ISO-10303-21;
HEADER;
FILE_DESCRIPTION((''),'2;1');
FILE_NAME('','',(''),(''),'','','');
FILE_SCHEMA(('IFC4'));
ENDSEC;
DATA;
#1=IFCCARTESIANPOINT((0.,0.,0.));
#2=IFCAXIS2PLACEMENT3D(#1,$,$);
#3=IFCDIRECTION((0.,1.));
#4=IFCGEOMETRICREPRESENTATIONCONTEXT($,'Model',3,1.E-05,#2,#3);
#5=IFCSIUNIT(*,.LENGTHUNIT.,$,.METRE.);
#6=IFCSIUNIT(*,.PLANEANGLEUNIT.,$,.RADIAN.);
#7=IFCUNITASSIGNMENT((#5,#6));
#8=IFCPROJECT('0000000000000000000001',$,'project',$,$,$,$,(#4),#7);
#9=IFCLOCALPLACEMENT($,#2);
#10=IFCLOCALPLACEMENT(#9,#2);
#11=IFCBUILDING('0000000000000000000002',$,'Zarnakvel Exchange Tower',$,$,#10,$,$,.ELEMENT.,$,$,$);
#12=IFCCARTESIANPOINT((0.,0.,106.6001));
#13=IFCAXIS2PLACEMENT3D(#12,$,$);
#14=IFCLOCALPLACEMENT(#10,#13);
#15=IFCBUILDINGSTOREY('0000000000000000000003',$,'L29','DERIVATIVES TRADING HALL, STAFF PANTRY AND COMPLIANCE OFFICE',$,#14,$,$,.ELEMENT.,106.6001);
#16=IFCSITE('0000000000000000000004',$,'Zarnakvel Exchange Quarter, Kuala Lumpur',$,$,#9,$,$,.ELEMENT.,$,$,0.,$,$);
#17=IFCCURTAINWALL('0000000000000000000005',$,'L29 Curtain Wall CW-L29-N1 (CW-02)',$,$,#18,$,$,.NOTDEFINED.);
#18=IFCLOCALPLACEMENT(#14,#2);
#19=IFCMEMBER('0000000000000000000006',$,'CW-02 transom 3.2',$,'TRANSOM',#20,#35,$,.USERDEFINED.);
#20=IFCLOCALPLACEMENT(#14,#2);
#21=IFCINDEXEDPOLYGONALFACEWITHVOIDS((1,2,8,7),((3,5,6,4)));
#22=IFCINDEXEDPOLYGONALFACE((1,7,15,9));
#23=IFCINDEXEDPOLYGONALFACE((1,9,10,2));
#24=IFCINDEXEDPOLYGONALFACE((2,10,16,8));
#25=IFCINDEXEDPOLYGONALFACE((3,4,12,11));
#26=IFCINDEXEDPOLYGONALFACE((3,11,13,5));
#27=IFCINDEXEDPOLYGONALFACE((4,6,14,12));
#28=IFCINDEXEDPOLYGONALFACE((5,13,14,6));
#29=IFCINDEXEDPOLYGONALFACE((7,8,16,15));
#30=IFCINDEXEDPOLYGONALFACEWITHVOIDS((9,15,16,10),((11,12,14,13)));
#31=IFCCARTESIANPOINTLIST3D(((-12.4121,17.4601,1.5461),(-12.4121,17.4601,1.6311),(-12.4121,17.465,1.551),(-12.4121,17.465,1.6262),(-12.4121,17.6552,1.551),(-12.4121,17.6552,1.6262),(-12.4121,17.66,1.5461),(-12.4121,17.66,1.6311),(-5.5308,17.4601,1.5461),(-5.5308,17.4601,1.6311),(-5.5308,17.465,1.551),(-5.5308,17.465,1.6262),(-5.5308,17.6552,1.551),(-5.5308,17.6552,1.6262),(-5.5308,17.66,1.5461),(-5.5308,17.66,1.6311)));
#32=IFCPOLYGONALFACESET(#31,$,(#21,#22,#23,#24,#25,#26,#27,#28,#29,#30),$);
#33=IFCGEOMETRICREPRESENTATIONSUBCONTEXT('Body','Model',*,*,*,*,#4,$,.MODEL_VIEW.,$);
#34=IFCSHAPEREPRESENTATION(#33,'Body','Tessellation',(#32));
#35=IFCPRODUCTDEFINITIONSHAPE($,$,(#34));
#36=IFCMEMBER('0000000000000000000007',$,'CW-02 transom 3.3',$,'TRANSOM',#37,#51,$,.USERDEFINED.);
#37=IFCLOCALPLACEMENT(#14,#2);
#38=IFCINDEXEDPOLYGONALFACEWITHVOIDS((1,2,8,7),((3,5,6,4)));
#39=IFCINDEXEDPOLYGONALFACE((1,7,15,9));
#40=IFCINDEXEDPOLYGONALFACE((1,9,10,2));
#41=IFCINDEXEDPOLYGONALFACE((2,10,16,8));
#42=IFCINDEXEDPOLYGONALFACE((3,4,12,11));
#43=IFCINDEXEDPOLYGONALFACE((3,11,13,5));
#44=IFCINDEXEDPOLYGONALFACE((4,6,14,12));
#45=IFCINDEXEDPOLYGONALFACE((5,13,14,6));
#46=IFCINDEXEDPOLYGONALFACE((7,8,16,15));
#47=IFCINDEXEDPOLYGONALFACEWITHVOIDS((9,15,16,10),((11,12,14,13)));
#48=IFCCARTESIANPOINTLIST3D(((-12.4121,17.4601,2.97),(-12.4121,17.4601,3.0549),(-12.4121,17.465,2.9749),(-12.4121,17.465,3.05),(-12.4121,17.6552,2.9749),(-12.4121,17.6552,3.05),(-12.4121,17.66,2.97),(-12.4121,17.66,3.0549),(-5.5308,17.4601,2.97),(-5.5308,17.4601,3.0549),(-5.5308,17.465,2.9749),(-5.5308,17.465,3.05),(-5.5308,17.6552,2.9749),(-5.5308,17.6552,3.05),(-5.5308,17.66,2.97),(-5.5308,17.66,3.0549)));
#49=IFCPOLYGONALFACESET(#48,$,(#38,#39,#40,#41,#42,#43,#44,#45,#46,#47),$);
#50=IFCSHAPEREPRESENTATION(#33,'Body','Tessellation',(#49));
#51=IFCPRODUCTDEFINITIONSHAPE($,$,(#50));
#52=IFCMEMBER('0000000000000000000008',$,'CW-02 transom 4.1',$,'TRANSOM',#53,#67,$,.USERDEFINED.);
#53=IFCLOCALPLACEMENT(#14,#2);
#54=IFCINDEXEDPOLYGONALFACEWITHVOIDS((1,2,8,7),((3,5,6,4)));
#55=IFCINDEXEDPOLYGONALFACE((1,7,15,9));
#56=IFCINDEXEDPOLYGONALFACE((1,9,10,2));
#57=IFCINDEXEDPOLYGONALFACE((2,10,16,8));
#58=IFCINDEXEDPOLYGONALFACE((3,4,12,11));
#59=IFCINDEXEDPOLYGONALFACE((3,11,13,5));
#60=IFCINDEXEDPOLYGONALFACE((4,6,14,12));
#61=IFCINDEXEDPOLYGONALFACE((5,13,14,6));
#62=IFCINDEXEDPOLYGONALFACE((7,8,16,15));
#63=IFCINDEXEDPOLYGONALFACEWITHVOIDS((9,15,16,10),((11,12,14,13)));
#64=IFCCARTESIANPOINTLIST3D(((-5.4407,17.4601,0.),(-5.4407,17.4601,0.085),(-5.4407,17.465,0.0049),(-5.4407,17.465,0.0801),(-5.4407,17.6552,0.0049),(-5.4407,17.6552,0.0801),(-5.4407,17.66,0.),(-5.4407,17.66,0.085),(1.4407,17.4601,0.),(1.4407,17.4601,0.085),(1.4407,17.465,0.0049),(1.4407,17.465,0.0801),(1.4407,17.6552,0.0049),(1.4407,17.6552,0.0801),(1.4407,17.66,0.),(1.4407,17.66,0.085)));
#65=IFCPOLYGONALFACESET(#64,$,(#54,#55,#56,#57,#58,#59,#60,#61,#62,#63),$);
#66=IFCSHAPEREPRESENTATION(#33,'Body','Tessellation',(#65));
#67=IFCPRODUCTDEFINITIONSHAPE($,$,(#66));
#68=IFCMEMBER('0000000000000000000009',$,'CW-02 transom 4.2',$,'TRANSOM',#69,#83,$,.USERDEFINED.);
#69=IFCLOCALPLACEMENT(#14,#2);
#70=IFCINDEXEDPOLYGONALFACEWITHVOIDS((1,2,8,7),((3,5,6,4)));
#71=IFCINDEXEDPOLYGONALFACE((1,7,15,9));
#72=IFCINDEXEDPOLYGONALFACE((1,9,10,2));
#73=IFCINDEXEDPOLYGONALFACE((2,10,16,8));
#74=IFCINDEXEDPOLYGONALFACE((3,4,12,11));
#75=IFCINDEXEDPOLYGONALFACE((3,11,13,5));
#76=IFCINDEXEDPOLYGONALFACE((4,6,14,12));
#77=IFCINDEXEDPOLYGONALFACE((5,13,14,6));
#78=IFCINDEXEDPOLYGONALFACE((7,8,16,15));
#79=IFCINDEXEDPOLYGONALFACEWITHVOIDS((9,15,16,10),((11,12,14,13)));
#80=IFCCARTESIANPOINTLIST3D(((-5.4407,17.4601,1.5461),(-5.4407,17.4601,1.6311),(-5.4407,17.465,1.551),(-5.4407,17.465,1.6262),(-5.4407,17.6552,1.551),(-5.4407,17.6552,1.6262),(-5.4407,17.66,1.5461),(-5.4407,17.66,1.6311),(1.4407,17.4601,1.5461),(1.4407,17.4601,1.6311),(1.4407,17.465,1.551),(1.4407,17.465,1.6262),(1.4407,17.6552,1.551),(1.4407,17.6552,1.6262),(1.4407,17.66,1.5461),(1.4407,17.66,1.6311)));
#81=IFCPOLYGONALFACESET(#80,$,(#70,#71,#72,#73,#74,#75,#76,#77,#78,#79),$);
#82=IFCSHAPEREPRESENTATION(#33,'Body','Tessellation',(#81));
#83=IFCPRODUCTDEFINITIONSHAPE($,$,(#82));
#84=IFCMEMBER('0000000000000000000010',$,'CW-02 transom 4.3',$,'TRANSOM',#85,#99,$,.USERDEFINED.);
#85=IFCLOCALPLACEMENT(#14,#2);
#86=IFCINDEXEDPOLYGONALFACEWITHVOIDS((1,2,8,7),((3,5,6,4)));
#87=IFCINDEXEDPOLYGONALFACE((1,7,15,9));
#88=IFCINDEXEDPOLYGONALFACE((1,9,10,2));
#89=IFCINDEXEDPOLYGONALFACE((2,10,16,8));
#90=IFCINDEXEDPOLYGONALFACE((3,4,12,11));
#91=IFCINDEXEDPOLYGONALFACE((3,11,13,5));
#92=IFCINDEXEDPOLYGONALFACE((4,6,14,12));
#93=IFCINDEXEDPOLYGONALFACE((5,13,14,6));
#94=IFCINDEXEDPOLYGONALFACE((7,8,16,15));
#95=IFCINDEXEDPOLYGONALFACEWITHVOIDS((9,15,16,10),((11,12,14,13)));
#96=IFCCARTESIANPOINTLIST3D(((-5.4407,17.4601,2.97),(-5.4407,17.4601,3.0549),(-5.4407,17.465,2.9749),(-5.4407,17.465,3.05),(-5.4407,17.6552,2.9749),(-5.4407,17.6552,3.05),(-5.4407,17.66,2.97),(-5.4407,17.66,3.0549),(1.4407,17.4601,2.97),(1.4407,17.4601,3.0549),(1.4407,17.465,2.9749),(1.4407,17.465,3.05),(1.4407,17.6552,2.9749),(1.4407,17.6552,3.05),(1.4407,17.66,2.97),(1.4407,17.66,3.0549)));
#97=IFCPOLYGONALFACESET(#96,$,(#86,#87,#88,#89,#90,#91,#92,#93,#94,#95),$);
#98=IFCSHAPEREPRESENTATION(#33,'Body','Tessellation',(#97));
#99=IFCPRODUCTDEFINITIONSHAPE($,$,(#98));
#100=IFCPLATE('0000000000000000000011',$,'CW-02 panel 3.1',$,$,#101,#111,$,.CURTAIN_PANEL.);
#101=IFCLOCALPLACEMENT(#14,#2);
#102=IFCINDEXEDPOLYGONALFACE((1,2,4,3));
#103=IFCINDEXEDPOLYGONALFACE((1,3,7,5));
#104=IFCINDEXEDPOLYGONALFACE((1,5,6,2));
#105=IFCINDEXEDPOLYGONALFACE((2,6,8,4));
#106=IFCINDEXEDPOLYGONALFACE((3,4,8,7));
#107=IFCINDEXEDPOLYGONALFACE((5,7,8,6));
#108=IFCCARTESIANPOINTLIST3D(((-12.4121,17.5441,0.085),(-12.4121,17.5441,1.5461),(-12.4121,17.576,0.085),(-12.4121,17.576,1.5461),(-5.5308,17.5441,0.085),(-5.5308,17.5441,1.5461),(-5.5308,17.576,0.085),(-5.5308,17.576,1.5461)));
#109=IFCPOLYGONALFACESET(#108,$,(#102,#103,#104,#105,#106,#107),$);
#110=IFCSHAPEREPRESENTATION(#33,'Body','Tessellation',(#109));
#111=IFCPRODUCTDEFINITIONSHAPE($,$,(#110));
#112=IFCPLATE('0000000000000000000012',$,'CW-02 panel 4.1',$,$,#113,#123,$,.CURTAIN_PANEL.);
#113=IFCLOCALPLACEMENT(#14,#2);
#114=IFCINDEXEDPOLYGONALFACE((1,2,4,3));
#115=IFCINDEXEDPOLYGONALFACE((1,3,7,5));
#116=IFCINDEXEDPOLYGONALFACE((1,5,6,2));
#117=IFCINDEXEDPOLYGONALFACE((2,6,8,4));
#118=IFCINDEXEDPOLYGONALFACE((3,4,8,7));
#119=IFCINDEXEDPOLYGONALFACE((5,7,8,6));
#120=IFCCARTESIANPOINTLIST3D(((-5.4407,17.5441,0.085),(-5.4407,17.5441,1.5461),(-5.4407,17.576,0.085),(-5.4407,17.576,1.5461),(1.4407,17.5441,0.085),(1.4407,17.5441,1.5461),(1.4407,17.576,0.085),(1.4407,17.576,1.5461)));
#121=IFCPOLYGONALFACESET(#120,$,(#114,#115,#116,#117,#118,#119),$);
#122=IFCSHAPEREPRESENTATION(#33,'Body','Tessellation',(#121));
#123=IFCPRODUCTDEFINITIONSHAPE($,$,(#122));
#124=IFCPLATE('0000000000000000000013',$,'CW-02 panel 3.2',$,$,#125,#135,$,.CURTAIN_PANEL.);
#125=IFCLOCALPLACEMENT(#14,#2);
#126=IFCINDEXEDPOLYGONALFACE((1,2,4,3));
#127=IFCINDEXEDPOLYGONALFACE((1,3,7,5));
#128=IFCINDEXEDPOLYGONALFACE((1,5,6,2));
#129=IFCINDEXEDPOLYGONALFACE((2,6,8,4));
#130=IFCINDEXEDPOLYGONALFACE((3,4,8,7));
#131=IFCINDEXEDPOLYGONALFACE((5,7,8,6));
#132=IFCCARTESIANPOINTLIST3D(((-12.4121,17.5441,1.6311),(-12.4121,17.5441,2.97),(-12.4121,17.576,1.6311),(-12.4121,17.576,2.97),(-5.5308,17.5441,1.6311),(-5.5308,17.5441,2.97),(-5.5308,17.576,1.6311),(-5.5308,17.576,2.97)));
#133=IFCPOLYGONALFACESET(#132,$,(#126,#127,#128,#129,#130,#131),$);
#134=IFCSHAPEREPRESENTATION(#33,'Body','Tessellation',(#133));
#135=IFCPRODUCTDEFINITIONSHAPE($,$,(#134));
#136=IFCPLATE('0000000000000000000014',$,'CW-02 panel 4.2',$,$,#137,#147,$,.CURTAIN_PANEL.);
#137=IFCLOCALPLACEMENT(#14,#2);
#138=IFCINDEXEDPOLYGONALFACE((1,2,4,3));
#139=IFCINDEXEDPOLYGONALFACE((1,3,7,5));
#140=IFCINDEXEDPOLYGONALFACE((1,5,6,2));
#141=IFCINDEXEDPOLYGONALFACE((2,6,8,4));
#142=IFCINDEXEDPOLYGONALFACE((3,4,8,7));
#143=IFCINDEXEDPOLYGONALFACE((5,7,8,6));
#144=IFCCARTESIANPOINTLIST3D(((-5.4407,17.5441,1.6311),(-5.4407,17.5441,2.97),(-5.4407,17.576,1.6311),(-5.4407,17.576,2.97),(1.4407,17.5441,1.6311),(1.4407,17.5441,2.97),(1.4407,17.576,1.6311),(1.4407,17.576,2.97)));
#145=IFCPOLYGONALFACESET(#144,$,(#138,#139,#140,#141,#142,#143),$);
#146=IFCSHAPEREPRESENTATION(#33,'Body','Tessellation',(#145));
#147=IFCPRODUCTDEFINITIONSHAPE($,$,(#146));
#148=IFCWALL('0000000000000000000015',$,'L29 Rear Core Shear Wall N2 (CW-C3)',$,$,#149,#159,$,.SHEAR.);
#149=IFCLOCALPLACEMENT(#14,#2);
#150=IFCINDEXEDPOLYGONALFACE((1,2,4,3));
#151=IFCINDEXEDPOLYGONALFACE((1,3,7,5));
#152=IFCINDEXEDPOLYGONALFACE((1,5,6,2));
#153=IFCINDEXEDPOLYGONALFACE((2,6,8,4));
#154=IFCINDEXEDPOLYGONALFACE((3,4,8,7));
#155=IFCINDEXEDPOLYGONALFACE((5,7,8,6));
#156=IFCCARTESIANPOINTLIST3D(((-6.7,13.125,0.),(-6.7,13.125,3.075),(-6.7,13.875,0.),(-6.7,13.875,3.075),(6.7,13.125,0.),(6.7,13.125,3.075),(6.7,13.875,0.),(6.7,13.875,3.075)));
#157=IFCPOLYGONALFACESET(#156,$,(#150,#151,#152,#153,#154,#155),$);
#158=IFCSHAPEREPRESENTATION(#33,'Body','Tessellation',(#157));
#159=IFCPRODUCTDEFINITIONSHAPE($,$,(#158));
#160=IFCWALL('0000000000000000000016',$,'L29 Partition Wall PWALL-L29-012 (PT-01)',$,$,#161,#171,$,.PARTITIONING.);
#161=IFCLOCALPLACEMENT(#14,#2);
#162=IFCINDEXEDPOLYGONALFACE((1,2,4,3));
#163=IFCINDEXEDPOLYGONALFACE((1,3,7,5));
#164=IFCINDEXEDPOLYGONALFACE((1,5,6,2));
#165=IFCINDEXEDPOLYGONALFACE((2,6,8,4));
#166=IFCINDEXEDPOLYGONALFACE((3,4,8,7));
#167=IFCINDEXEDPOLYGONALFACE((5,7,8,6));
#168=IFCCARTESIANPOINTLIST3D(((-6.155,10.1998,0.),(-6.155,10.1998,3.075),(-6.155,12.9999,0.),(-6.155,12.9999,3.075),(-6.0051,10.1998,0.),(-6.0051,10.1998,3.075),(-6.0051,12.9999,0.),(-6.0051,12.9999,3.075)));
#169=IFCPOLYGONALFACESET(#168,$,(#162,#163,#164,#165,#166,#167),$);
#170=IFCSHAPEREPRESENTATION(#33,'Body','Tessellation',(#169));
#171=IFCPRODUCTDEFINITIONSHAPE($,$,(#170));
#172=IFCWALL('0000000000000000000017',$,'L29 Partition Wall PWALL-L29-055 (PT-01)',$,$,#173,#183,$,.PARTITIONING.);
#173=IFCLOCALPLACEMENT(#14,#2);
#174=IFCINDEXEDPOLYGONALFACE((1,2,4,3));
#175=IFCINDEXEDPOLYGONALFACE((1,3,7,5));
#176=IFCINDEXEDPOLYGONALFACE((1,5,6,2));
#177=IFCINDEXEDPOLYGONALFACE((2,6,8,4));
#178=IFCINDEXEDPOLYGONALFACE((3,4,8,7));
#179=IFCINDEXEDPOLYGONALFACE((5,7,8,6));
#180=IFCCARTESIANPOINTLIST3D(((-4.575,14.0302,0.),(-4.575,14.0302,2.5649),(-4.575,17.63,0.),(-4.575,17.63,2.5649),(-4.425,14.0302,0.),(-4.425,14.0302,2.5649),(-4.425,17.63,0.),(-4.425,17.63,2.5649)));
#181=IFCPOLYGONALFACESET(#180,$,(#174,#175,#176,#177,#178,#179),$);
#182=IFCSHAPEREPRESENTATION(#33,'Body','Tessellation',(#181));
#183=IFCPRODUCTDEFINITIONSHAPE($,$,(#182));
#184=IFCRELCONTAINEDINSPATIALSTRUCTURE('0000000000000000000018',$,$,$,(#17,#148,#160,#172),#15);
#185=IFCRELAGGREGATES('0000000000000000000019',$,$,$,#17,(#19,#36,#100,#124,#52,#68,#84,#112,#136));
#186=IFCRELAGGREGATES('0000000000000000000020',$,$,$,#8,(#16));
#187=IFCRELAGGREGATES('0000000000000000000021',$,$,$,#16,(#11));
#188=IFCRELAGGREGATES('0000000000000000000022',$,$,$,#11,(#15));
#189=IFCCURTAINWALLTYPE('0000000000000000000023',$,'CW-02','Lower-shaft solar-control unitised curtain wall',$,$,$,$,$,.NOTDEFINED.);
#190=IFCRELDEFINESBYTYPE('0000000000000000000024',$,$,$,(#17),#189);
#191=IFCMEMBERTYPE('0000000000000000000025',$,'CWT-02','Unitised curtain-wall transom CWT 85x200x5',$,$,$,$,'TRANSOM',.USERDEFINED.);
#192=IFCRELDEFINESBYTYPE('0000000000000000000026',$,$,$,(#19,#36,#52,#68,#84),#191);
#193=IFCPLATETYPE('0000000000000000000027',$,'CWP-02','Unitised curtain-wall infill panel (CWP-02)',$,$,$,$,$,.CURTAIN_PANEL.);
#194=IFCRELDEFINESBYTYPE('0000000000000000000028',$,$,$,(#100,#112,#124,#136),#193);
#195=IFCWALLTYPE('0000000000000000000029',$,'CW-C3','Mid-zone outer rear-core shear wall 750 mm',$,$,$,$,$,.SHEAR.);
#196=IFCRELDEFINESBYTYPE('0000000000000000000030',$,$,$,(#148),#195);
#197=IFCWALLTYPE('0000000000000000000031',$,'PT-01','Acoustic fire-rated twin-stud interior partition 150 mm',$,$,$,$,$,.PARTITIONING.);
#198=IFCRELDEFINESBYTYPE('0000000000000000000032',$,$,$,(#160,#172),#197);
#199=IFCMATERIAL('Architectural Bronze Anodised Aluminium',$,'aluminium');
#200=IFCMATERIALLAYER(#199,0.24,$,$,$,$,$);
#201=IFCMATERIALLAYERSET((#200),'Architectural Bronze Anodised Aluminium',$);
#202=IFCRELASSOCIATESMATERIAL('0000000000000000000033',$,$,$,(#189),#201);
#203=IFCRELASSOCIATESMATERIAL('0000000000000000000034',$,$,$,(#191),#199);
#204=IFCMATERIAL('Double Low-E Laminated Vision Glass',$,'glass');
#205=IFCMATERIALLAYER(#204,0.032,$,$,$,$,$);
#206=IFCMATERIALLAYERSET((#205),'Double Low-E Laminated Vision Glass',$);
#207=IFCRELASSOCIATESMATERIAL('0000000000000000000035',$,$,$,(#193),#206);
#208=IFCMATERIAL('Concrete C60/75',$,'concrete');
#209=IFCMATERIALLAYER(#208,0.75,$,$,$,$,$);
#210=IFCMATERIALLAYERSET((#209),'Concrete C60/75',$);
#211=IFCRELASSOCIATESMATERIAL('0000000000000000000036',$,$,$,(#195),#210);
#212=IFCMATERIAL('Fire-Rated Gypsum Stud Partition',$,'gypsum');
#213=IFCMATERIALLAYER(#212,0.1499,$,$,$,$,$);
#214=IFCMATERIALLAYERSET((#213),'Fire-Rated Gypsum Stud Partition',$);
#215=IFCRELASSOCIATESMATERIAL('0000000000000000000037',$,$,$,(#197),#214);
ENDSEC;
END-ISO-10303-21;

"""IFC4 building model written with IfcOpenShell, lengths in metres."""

from ifc_helpers import new_model, si_unit, direction, frame, frame_2d, origin, origin_2d, place, context, subcontext, project, spatial, rectangle, hollow_rectangle, extrude, source, transform, mapped, material, layer, layer_set, material_profile, profile_set, type_object, element, aggregate, save


model = new_model("IFC4")

# Units and contexts
model_context = context("Model", 3, precision=1e-05, world=origin(), true_north=direction((0.0, 1.0)))
body_context = subcontext(model_context, "Body", "Model", "MODEL_VIEW")
ifc_project = project(units=[si_unit("LENGTHUNIT", "METRE"), si_unit("PLANEANGLEUNIT", "RADIAN")], contexts=[model_context])

# Site, building, storey
site_placement = place(None, origin())
site = spatial("IfcSite", under=ifc_project, at=site_placement, Name="Zarnakvel Exchange Quarter, Kuala Lumpur", CompositionType="ELEMENT", RefElevation=0.0)
building_placement = place(site_placement, origin())
building = spatial("IfcBuilding", under=site, at=building_placement, Name="Zarnakvel Exchange Tower", CompositionType="ELEMENT")
storey_placement = place(building_placement, frame((0.0, 0.0, 106.6001)))
storey = spatial("IfcBuildingStorey", under=building, at=storey_placement, Name="L29", Description="DERIVATIVES TRADING HALL, STAFF PANTRY AND COMPLIANCE OFFICE", CompositionType="ELEMENT", Elevation=106.6001)

# Shared definitions
ifc_material_1 = material(Name="Concrete C60/75", Category="concrete")

# Curtain wall, members, plates
ifc_material_2 = material(Name="Architectural Bronze Anodised Aluminium", Category="aluminium")
ifc_layer_1 = layer(ifc_material_2, 0.24)
ifc_layer_set_1 = layer_set([ifc_layer_1], Name="Architectural Bronze Anodised Aluminium")
curtain_wall_type = type_object("IfcCurtainWallType", Name="CW-02", Description="Lower-shaft solar-control unitised curtain wall", PredefinedType="NOTDEFINED", material=ifc_layer_set_1)
curtain_wall_placement = place(storey_placement, origin())
curtain_wall = element("IfcCurtainWall", 1, at=curtain_wall_placement, inside=storey, type_object=curtain_wall_type, Name="L29 Curtain Wall CW-L29-N1 (CW-02)", PredefinedType="NOTDEFINED")
ifc_material_profile_1 = material_profile(ifc_material_2, hollow_rectangle(XDim=0.2, YDim=0.085, WallThickness=0.0049, at=origin_2d()))
ifc_profile_set_1 = profile_set([ifc_material_profile_1], Name="Architectural Bronze Anodised Aluminium")
member_type_1 = type_object("IfcMemberType", Name="CWT-02", Description="Unitised curtain-wall transom CWT 85x200x5", ElementType="TRANSOM", PredefinedType="USERDEFINED", material=ifc_profile_set_1)
shared_shape_1 = source(origin(), body_context, "Body", "SweptSolid", [
    extrude(hollow_rectangle(XDim=0.2, YDim=0.085, WallThickness=0.0049, at=origin_2d()), origin(), (0.0, 0.0, 1.0), 6.8813),
])
member_1_placement = place(storey_placement, frame((-12.4121, 17.5601, 1.5886), z_axis=(1.0, 0.0, 0.0), x_axis=(0.0, 1.0, 0.0)))
member_1 = element("IfcMember", 2, at=member_1_placement, type_object=member_type_1, Name="CW-02 transom 3.2", ObjectType="TRANSOM", PredefinedType="USERDEFINED", context=body_context, shape_type="MappedRepresentation", body=[
    mapped(shared_shape_1, transform((0.0, 0.0, 0.0), x_axis=(1.0, 0.0, 0.0), y_axis=(0.0, 1.0, 0.0), z_axis=(0.0, 0.0, 1.0), scale=1.0)),
])
member_2_placement = place(storey_placement, frame((-12.4121, 17.5601, 3.0125), z_axis=(1.0, 0.0, 0.0), x_axis=(0.0, 1.0, 0.0)))
member_2 = element("IfcMember", 3, at=member_2_placement, type_object=member_type_1, Name="CW-02 transom 3.3", ObjectType="TRANSOM", PredefinedType="USERDEFINED", context=body_context, shape_type="MappedRepresentation", body=[
    mapped(shared_shape_1, transform((0.0, 0.0, 0.0), x_axis=(1.0, 0.0, 0.0), y_axis=(0.0, 1.0, 0.0), z_axis=(0.0, 0.0, 1.0), scale=1.0)),
])
member_3_placement = place(storey_placement, frame((-5.4407, 17.5601, 0.0425), z_axis=(1.0, 0.0, 0.0), x_axis=(0.0, 1.0, 0.0)))
member_3 = element("IfcMember", 4, at=member_3_placement, type_object=member_type_1, Name="CW-02 transom 4.1", ObjectType="TRANSOM", PredefinedType="USERDEFINED", context=body_context, shape_type="MappedRepresentation", body=[
    mapped(shared_shape_1, transform((0.0, 0.0, 0.0), x_axis=(1.0, 0.0, 0.0), y_axis=(0.0, 1.0, 0.0), z_axis=(0.0, 0.0, 1.0), scale=1.0)),
])
member_4_placement = place(storey_placement, frame((-5.4407, 17.5601, 1.5886), z_axis=(1.0, 0.0, 0.0), x_axis=(0.0, 1.0, 0.0)))
member_4 = element("IfcMember", 5, at=member_4_placement, type_object=member_type_1, Name="CW-02 transom 4.2", ObjectType="TRANSOM", PredefinedType="USERDEFINED", context=body_context, shape_type="MappedRepresentation", body=[
    mapped(shared_shape_1, transform((0.0, 0.0, 0.0), x_axis=(1.0, 0.0, 0.0), y_axis=(0.0, 1.0, 0.0), z_axis=(0.0, 0.0, 1.0), scale=1.0)),
])
member_5_placement = place(storey_placement, frame((-5.4407, 17.5601, 3.0125), z_axis=(1.0, 0.0, 0.0), x_axis=(0.0, 1.0, 0.0)))
member_5 = element("IfcMember", 6, at=member_5_placement, type_object=member_type_1, Name="CW-02 transom 4.3", ObjectType="TRANSOM", PredefinedType="USERDEFINED", context=body_context, shape_type="MappedRepresentation", body=[
    mapped(shared_shape_1, transform((0.0, 0.0, 0.0), x_axis=(1.0, 0.0, 0.0), y_axis=(0.0, 1.0, 0.0), z_axis=(0.0, 0.0, 1.0), scale=1.0)),
])
ifc_material_3 = material(Name="Double Low-E Laminated Vision Glass", Category="glass")
ifc_layer_2 = layer(ifc_material_3, 0.032)
ifc_layer_set_2 = layer_set([ifc_layer_2], Name="Double Low-E Laminated Vision Glass")
plate_type = type_object("IfcPlateType", Name="CWP-02", Description="Unitised curtain-wall infill panel (CWP-02)", PredefinedType="CURTAIN_PANEL", material=ifc_layer_set_2)
shared_shape_2 = source(origin(), body_context, "Body", "SweptSolid", [
    extrude(rectangle(XDim=6.8813, YDim=0.032, at=origin_2d()), origin(), (0.0, 0.0, 1.0), 1.4612),
])
plate_1_placement = place(storey_placement, frame((-8.9714, 17.5601, 0.085), z_axis=(0.0, 0.0, 1.0), x_axis=(1.0, 0.0, 0.0)))
plate_1 = element("IfcPlate", 7, at=plate_1_placement, type_object=plate_type, Name="CW-02 panel 3.1", PredefinedType="CURTAIN_PANEL", context=body_context, shape_type="MappedRepresentation", body=[
    mapped(shared_shape_2, transform((0.0, 0.0, 0.0), x_axis=(1.0, 0.0, 0.0), y_axis=(0.0, 1.0, 0.0), z_axis=(0.0, 0.0, 1.0), scale=1.0)),
])
plate_2_placement = place(storey_placement, frame((-2.0, 17.5601, 0.085), z_axis=(0.0, 0.0, 1.0), x_axis=(1.0, 0.0, 0.0)))
plate_2 = element("IfcPlate", 8, at=plate_2_placement, type_object=plate_type, Name="CW-02 panel 4.1", PredefinedType="CURTAIN_PANEL", context=body_context, shape_type="MappedRepresentation", body=[
    mapped(shared_shape_2, transform((0.0, 0.0, 0.0), x_axis=(1.0, 0.0, 0.0), y_axis=(0.0, 1.0, 0.0), z_axis=(0.0, 0.0, 1.0), scale=1.0)),
])
shared_shape_3 = source(origin(), body_context, "Body", "SweptSolid", [
    extrude(rectangle(XDim=6.8813, YDim=0.032, at=origin_2d()), origin(), (0.0, 0.0, 1.0), 1.3389),
])
plate_3_placement = place(storey_placement, frame((-8.9714, 17.5601, 1.6311), z_axis=(0.0, 0.0, 1.0), x_axis=(1.0, 0.0, 0.0)))
plate_3 = element("IfcPlate", 9, at=plate_3_placement, type_object=plate_type, Name="CW-02 panel 3.2", PredefinedType="CURTAIN_PANEL", context=body_context, shape_type="MappedRepresentation", body=[
    mapped(shared_shape_3, transform((0.0, 0.0, 0.0), x_axis=(1.0, 0.0, 0.0), y_axis=(0.0, 1.0, 0.0), z_axis=(0.0, 0.0, 1.0), scale=1.0)),
])
plate_4_placement = place(storey_placement, frame((-2.0, 17.5601, 1.6311), z_axis=(0.0, 0.0, 1.0), x_axis=(1.0, 0.0, 0.0)))
plate_4 = element("IfcPlate", 10, at=plate_4_placement, type_object=plate_type, Name="CW-02 panel 4.2", PredefinedType="CURTAIN_PANEL", context=body_context, shape_type="MappedRepresentation", body=[
    mapped(shared_shape_3, transform((0.0, 0.0, 0.0), x_axis=(1.0, 0.0, 0.0), y_axis=(0.0, 1.0, 0.0), z_axis=(0.0, 0.0, 1.0), scale=1.0)),
])
aggregate(curtain_wall, [member_1, member_2, plate_1, plate_3, member_3, member_4, member_5, plate_2, plate_4])

# Walls
ifc_layer_3 = layer(ifc_material_1, 0.75)
ifc_layer_set_3 = layer_set([ifc_layer_3], Name="Concrete C60/75")
wall_type_1 = type_object("IfcWallType", Name="CW-C3", Description="Mid-zone outer rear-core shear wall 750 mm", PredefinedType="SHEAR", material=ifc_layer_set_3)
wall_1_placement = place(storey_placement, frame((-6.7, 13.5, 0.0), z_axis=(0.0, 0.0, 1.0), x_axis=(1.0, 0.0, 0.0)))
element("IfcWall", 11, at=wall_1_placement, inside=storey, type_object=wall_type_1, Name="L29 Rear Core Shear Wall N2 (CW-C3)", PredefinedType="SHEAR", context=body_context, shape_type="SweptSolid", body=[
    extrude(rectangle(XDim=13.3999, YDim=0.75, at=frame_2d((6.7, 0.0))), origin(), (0.0, 0.0, 1.0), 3.075),
])
ifc_material_4 = material(Name="Fire-Rated Gypsum Stud Partition", Category="gypsum")
ifc_layer_4 = layer(ifc_material_4, 0.1499)
ifc_layer_set_4 = layer_set([ifc_layer_4], Name="Fire-Rated Gypsum Stud Partition")
wall_type_2 = type_object("IfcWallType", Name="PT-01", Description="Acoustic fire-rated twin-stud interior partition 150 mm", PredefinedType="PARTITIONING", material=ifc_layer_set_4)
wall_2_placement = place(storey_placement, frame((-6.0801, 10.2, 0.0), z_axis=(0.0, 0.0, 1.0), x_axis=(0.0, 1.0, 0.0)))
element("IfcWall", 12, at=wall_2_placement, inside=storey, type_object=wall_type_2, Name="L29 Partition Wall PWALL-L29-012 (PT-01)", PredefinedType="PARTITIONING", context=body_context, shape_type="SweptSolid", body=[
    extrude(rectangle(XDim=2.8, YDim=0.1499, at=frame_2d((1.3999, 0.0))), origin(), (0.0, 0.0, 1.0), 3.075),
])
wall_3_placement = place(storey_placement, frame((-4.5, 17.6299, 0.0), z_axis=(0.0, 0.0, 1.0), x_axis=(0.0, -1.0, 0.0)))
element("IfcWall", 13, at=wall_3_placement, inside=storey, type_object=wall_type_2, Name="L29 Partition Wall PWALL-L29-055 (PT-01)", PredefinedType="PARTITIONING", context=body_context, shape_type="SweptSolid", body=[
    extrude(rectangle(XDim=3.5999, YDim=0.1499, at=frame_2d((1.7998, 0.0))), origin(), (0.0, 0.0, 1.0), 2.5649),
])

save(model, "model.ifc")
